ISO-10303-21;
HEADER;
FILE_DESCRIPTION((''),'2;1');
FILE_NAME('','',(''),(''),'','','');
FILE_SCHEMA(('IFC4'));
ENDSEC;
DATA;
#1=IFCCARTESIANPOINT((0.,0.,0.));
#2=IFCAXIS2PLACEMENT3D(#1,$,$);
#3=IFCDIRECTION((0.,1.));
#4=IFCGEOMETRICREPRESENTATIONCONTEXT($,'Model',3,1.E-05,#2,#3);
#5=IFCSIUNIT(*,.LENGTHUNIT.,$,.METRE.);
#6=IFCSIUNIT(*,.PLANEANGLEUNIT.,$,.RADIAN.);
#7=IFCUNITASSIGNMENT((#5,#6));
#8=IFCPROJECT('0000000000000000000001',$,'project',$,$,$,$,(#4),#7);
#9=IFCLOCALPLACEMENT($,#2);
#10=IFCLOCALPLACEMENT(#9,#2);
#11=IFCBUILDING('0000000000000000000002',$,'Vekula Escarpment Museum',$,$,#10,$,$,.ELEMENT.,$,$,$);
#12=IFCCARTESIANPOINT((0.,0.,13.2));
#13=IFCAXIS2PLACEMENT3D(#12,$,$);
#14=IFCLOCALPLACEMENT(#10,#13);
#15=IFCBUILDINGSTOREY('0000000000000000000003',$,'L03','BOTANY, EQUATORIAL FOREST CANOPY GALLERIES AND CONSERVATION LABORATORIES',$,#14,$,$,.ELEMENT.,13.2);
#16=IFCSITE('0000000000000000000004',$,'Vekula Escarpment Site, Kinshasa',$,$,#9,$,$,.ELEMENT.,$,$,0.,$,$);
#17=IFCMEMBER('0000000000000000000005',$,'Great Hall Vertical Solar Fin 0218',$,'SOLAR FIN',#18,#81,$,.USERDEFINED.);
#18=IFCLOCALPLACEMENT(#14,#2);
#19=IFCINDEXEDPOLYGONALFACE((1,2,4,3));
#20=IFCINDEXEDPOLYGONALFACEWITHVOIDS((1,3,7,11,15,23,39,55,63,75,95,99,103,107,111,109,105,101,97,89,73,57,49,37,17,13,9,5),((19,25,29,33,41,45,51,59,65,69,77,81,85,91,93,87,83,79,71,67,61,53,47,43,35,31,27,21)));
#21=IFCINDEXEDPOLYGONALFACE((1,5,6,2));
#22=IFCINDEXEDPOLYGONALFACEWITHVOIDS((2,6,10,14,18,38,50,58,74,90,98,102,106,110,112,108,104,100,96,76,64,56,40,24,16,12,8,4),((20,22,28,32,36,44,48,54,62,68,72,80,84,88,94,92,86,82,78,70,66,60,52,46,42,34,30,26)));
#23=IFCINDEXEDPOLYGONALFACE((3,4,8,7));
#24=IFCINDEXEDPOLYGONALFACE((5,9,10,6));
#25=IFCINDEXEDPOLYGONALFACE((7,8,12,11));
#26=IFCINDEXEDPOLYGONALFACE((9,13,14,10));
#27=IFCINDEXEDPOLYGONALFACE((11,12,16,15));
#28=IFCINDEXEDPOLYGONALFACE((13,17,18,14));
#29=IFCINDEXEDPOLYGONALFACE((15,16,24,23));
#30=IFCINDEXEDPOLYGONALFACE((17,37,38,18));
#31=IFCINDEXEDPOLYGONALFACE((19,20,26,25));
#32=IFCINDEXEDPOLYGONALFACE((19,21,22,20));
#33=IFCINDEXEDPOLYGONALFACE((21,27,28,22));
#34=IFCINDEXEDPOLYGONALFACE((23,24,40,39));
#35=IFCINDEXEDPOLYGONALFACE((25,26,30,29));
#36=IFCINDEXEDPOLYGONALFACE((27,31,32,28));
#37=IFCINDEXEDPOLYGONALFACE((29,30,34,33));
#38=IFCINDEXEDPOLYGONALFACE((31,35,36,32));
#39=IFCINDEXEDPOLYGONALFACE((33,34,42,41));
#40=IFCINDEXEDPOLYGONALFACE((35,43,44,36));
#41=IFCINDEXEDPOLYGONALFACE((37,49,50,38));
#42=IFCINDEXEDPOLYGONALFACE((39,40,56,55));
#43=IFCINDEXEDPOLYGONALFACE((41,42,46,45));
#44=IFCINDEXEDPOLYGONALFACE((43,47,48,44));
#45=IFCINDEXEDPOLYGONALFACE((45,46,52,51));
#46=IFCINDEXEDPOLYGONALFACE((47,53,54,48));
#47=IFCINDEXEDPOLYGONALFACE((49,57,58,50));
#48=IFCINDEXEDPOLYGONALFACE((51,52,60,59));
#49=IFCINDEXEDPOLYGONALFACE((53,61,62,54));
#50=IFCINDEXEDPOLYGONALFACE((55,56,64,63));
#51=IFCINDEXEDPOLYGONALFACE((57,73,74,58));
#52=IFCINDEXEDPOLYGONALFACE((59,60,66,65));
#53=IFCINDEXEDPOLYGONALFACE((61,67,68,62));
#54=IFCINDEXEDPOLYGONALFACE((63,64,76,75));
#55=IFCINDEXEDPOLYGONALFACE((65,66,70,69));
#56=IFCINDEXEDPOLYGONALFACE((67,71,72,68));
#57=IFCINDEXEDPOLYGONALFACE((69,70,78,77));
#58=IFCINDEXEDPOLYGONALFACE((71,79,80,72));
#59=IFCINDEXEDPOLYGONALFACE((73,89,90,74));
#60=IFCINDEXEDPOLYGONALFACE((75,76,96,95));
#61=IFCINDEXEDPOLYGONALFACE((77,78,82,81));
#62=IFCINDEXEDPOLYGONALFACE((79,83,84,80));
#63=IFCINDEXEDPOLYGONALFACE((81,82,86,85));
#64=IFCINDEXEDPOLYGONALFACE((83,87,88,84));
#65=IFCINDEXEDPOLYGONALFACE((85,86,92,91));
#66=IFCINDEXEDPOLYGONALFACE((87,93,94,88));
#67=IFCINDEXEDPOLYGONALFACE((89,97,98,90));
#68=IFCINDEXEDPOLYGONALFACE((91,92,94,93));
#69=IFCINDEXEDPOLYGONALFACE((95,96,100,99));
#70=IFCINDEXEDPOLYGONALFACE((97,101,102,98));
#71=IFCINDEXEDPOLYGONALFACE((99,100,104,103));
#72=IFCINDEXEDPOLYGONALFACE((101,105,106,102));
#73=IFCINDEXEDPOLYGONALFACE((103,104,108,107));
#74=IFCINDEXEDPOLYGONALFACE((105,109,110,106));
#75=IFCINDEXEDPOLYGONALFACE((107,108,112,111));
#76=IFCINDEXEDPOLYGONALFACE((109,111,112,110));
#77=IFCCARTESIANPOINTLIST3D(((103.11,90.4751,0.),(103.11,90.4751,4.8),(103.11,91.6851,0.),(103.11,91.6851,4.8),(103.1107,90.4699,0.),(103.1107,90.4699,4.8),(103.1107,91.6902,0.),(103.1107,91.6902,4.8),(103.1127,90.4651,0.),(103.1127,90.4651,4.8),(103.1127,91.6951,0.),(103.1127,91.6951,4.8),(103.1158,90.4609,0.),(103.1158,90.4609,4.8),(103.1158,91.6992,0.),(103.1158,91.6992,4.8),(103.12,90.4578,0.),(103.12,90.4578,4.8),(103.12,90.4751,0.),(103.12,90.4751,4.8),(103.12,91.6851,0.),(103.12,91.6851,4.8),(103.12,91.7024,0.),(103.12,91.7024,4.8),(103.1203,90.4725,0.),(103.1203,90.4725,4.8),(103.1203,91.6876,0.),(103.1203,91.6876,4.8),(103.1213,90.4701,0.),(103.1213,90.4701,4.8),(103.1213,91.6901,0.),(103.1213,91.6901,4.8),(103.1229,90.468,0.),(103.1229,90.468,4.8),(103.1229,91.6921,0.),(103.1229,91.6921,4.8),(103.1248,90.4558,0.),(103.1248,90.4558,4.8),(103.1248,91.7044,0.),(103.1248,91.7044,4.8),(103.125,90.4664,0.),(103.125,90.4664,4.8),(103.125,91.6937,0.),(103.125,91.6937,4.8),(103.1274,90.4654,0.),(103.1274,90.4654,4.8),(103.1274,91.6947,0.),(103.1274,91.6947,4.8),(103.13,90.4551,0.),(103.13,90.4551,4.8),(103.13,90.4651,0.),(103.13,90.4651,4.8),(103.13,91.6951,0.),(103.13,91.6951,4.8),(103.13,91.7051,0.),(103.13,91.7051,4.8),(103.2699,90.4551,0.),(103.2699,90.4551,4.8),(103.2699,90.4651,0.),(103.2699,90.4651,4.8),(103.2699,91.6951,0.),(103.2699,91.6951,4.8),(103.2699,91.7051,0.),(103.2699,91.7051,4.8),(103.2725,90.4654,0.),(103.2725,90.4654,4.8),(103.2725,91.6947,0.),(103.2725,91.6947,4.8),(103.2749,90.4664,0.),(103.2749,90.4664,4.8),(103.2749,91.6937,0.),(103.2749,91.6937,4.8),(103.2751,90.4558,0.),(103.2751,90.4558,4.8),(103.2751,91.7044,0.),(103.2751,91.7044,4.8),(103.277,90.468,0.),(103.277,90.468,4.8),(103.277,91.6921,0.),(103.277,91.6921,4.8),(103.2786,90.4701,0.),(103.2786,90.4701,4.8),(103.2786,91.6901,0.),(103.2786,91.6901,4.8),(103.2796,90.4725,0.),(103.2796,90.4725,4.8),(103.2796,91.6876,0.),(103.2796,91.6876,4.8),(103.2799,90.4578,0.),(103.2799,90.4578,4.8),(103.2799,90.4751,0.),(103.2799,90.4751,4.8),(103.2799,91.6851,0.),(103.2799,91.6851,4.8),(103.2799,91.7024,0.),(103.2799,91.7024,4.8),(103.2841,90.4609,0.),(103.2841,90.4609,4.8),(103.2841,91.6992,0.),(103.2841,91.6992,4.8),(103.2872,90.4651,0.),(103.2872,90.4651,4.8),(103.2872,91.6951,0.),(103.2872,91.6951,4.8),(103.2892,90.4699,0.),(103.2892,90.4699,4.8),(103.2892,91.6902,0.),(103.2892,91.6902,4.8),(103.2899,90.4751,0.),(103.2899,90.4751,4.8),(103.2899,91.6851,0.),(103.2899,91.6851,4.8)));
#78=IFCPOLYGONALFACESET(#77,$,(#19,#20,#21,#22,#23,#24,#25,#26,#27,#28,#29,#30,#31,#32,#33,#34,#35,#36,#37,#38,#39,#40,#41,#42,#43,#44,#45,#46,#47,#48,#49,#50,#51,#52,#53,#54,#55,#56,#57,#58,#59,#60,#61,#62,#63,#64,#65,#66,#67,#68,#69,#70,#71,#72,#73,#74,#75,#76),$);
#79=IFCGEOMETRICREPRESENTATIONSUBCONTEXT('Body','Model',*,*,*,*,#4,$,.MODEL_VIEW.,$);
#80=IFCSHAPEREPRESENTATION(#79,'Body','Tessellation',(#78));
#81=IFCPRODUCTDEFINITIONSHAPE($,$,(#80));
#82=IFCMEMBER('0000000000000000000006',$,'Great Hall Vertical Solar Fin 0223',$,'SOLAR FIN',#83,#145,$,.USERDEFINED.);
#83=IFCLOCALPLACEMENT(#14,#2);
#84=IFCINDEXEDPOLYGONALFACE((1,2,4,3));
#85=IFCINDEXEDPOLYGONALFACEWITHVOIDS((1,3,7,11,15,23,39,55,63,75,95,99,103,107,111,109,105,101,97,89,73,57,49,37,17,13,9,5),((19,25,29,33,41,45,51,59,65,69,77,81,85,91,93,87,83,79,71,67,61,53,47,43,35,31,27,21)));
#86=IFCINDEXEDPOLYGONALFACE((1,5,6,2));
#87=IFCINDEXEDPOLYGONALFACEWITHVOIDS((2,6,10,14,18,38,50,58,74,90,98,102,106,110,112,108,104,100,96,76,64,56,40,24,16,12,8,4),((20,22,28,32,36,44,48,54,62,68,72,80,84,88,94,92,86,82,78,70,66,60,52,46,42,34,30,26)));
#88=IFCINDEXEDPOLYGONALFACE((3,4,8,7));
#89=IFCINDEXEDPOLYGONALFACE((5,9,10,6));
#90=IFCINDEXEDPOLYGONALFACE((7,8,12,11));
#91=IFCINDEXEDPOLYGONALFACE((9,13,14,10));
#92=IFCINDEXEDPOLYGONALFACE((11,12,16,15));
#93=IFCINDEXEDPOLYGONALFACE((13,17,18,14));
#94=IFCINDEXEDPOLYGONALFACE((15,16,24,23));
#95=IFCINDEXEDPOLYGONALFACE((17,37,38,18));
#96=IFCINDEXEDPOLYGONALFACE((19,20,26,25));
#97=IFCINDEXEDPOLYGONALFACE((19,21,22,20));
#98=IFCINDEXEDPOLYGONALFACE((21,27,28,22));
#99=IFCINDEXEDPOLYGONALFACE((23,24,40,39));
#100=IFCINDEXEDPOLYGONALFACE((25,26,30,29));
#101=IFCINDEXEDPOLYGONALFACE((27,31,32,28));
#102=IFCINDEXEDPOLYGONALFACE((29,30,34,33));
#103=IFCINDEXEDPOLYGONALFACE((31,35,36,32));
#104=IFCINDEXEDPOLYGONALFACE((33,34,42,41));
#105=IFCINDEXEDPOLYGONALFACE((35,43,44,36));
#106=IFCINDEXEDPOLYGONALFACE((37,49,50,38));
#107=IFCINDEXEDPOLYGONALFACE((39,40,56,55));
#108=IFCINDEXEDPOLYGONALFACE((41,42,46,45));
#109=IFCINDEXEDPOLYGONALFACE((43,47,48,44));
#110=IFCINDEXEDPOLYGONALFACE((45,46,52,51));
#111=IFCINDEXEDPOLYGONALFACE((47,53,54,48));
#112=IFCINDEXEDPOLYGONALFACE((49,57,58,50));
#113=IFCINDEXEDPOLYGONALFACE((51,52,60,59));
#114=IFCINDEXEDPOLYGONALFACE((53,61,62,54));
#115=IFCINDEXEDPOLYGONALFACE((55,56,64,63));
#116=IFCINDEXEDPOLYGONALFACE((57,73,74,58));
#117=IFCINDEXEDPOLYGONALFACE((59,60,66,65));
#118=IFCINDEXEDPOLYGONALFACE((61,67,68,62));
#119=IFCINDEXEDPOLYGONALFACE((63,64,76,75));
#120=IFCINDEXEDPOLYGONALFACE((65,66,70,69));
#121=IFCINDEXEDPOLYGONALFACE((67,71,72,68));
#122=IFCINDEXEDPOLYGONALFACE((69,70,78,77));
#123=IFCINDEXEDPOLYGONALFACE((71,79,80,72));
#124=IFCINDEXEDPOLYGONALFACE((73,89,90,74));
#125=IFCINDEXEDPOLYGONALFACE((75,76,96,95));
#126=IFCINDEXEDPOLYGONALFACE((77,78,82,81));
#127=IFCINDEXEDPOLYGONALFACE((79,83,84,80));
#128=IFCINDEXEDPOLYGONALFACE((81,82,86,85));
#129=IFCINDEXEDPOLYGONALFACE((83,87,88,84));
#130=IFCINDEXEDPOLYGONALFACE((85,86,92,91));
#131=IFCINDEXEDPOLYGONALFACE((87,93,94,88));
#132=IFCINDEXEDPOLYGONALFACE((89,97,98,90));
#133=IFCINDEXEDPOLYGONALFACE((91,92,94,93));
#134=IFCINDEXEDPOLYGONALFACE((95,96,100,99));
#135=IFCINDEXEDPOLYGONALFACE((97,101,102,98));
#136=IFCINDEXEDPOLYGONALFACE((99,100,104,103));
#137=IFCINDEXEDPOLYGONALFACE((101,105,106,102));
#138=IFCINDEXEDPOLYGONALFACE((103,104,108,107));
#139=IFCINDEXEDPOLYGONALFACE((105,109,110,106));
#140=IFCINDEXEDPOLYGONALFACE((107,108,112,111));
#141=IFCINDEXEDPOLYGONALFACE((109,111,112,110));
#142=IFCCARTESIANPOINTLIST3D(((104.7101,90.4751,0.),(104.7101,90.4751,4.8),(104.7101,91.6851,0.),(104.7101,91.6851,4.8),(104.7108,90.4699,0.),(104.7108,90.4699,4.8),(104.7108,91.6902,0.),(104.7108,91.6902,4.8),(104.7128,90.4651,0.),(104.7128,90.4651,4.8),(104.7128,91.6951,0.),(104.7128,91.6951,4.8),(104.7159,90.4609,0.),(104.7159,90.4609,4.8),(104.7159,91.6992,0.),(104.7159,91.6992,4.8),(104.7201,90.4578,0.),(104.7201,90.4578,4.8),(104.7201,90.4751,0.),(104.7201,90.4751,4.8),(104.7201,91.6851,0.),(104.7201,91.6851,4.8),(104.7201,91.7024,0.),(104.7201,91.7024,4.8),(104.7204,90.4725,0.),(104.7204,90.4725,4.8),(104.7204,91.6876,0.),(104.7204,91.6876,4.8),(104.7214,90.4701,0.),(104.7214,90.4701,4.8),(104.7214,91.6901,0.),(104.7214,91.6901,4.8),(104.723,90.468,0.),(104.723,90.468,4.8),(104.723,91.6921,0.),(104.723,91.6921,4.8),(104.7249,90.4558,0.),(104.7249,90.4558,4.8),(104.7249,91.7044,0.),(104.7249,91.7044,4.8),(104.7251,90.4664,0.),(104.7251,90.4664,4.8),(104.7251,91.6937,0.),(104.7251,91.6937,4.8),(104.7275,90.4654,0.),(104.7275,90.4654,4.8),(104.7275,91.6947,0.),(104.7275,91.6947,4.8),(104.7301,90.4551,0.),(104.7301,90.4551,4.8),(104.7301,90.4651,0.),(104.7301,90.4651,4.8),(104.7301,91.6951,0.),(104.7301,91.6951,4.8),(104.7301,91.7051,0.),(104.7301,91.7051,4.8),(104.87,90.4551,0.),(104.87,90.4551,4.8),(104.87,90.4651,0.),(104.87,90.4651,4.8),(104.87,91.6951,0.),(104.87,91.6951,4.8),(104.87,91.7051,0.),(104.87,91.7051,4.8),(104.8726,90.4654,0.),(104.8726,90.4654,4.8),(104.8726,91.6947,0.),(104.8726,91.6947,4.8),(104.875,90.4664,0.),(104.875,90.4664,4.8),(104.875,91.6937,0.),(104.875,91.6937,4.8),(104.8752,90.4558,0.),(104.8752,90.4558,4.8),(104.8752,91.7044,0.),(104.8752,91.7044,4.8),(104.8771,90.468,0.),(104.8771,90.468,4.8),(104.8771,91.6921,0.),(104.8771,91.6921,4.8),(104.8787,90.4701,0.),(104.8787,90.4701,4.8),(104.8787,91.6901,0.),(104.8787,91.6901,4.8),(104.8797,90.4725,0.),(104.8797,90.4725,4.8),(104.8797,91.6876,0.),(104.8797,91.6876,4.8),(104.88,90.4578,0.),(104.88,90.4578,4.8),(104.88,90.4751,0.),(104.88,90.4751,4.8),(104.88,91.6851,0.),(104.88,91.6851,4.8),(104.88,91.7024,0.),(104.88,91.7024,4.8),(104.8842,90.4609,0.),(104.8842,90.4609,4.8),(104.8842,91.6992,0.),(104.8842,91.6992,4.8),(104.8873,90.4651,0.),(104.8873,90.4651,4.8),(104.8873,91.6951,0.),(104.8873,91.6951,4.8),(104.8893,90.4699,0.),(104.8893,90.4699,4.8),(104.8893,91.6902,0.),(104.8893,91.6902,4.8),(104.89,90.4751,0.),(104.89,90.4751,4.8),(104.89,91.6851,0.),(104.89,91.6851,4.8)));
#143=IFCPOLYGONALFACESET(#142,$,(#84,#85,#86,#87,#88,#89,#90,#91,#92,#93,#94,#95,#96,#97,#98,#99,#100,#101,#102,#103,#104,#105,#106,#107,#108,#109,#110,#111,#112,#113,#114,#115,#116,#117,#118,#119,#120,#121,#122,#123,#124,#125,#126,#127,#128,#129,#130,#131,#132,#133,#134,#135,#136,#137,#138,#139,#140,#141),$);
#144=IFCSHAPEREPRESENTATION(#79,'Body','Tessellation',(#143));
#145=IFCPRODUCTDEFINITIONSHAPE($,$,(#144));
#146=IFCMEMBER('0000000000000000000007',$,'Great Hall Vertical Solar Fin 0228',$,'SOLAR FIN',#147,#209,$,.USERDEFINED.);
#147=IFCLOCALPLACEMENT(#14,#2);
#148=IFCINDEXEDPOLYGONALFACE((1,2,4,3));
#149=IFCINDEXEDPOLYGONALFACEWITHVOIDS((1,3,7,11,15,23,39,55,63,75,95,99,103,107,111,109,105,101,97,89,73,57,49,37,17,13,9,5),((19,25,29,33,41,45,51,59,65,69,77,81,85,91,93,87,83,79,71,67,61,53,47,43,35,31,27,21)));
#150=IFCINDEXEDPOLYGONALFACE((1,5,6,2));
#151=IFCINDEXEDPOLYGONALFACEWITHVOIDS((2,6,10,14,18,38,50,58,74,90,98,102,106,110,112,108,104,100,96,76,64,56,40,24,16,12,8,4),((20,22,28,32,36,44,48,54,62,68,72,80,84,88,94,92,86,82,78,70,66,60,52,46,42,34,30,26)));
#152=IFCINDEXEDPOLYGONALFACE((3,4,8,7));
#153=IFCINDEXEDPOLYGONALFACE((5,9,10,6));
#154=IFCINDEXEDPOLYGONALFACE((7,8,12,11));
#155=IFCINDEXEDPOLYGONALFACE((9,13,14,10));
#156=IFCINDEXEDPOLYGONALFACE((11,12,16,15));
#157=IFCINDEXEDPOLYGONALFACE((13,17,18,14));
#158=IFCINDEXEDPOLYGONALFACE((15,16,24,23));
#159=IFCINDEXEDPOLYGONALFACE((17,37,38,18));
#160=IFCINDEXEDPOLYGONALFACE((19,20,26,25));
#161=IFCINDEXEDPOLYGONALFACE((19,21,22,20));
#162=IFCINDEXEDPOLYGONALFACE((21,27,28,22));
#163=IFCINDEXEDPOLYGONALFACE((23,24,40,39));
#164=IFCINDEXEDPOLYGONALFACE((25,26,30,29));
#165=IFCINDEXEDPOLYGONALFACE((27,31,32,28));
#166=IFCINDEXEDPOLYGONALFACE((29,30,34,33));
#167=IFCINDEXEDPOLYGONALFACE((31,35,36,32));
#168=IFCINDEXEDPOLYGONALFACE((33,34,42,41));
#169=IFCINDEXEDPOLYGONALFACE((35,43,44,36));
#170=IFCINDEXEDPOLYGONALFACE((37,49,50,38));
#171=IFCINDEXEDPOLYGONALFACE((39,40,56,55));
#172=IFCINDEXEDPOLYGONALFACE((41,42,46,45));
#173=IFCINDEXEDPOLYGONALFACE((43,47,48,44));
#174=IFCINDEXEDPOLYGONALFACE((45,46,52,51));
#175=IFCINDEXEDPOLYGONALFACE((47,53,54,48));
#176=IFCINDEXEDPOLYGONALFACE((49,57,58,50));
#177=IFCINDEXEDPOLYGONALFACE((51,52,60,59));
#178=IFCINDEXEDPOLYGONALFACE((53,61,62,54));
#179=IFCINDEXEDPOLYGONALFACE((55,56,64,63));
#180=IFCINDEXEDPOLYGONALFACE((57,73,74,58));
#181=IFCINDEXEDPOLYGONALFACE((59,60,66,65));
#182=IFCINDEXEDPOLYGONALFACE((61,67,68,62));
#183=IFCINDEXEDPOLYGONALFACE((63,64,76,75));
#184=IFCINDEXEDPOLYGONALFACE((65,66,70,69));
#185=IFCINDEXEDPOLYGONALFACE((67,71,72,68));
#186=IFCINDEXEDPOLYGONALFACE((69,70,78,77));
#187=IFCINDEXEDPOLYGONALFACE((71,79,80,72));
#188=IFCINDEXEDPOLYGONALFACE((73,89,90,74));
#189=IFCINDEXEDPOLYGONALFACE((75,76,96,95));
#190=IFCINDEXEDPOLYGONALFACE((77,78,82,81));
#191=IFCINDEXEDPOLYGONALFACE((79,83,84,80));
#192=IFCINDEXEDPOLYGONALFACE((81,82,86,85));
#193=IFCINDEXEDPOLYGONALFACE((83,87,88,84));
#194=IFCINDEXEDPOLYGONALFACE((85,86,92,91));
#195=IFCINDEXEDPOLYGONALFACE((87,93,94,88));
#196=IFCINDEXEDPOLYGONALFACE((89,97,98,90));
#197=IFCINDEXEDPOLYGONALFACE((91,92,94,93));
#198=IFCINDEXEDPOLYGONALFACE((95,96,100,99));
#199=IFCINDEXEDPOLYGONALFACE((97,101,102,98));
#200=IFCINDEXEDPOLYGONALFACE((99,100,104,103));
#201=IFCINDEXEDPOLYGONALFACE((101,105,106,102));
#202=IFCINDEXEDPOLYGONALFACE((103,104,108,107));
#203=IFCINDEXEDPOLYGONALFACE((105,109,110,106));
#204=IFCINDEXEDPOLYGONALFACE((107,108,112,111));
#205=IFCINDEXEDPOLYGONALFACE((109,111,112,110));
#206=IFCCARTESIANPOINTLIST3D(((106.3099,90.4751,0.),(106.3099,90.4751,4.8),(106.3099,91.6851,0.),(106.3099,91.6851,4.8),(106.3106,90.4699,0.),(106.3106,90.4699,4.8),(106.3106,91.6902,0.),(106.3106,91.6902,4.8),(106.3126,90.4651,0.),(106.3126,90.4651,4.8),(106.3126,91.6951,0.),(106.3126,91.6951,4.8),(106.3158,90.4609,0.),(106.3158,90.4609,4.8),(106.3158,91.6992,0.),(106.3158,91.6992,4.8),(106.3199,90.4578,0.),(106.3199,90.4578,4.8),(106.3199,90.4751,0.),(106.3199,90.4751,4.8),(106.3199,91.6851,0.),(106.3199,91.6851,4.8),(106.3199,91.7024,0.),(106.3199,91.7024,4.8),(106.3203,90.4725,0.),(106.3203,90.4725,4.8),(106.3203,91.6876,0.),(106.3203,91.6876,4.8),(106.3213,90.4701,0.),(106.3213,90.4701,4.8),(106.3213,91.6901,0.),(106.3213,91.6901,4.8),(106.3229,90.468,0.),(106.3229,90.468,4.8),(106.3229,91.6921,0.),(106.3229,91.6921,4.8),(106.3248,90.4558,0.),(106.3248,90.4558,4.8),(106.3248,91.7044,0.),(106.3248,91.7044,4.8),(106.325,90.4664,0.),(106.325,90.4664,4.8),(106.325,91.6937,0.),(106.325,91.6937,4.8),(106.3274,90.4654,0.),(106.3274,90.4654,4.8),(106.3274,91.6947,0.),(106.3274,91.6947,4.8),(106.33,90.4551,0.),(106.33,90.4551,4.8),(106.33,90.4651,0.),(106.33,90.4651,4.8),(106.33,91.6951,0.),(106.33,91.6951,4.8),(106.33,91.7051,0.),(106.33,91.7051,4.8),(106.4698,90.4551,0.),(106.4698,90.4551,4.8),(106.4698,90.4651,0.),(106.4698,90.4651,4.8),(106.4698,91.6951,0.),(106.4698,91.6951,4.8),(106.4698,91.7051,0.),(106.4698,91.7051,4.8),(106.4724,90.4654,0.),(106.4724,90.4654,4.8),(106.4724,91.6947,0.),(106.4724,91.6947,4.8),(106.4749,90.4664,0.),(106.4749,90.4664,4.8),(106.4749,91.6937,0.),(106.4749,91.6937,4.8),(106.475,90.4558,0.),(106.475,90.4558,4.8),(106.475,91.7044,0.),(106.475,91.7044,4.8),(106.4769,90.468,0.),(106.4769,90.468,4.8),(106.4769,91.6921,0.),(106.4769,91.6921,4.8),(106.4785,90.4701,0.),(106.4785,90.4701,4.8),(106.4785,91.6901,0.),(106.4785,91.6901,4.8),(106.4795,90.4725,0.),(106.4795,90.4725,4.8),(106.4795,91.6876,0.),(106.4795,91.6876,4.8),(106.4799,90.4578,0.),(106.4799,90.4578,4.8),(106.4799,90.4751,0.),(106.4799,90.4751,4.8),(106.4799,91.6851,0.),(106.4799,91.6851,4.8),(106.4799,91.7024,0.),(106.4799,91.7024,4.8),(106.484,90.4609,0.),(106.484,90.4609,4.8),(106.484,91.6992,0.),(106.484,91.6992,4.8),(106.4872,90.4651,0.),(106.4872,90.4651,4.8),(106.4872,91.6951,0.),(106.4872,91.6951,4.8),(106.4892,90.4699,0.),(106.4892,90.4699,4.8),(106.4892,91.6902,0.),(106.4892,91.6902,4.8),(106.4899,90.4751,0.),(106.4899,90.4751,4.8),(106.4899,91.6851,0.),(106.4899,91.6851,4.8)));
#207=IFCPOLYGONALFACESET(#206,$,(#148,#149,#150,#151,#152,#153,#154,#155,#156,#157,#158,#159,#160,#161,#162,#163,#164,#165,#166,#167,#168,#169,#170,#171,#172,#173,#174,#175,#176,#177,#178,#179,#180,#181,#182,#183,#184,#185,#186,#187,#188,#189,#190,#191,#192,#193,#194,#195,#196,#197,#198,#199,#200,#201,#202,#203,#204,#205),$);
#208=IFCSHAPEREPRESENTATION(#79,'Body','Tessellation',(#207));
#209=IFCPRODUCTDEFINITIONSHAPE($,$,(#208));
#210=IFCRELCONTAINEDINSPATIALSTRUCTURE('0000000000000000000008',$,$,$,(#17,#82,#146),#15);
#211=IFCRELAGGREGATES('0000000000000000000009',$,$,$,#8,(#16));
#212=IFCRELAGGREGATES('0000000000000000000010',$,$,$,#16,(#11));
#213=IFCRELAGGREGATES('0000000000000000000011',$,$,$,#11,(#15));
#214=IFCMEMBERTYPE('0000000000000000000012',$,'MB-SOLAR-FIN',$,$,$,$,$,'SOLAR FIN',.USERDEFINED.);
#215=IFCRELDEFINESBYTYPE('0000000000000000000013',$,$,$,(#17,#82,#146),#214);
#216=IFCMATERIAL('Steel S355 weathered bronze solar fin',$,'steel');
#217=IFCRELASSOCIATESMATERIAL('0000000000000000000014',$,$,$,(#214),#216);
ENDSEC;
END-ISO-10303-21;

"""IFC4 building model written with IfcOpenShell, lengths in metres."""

from ifc_helpers import new_model, si_unit, direction, frame, origin, origin_2d, place, context, subcontext, project, spatial, hollow_rectangle, extrude, material, material_profile, profile_set, type_object, element, save


model = new_model("IFC4")

# Units and contexts
model_context = context("Model", 3, precision=1e-05, world=origin(), true_north=direction((0.0, 1.0)))
body_context = subcontext(model_context, "Body", "Model", "MODEL_VIEW")
ifc_project = project(units=[si_unit("LENGTHUNIT", "METRE"), si_unit("PLANEANGLEUNIT", "RADIAN")], contexts=[model_context])

# Site, building, storey
site_placement = place(None, origin())
site = spatial("IfcSite", under=ifc_project, at=site_placement, Name="Vekula Escarpment Site, Kinshasa", CompositionType="ELEMENT", RefElevation=0.0)
building_placement = place(site_placement, origin())
building = spatial("IfcBuilding", under=site, at=building_placement, Name="Vekula Escarpment Museum", CompositionType="ELEMENT")
storey_placement = place(building_placement, frame((0.0, 0.0, 13.2)))
storey = spatial("IfcBuildingStorey", under=building, at=storey_placement, Name="L03", Description="BOTANY, EQUATORIAL FOREST CANOPY GALLERIES AND CONSERVATION LABORATORIES", CompositionType="ELEMENT", Elevation=13.2)

# Members
ifc_material_1 = material(Name="Steel S355 weathered bronze solar fin", Category="steel")
ifc_material_profile_1 = material_profile(ifc_material_1, hollow_rectangle(XDim=0.1799, YDim=1.25, WallThickness=0.01, InnerFilletRadius=0.01, OuterFilletRadius=0.02, at=origin_2d()), Name="RHS 1250x180x10")
ifc_profile_set_1 = profile_set([ifc_material_profile_1], Name="Steel S355 weathered bronze solar fin")
member_type = type_object("IfcMemberType", Name="MB-SOLAR-FIN", ElementType="SOLAR FIN", PredefinedType="USERDEFINED", material=ifc_profile_set_1)
for number, where, z_axis, x_axis, name in (
    (1, (103.2, 91.0801, 0.0), (0.0, 0.0, 1.0), (1.0, 0.0, 0.0), "Great Hall Vertical Solar Fin 0218"),
    (2, (104.8, 91.0801, 0.0), (0.0, 0.0, 1.0), (1.0, 0.0, 0.0), "Great Hall Vertical Solar Fin 0223"),
    (3, (106.3999, 91.0801, 0.0), (0.0, 0.0, 1.0), (1.0, 0.0, 0.0), "Great Hall Vertical Solar Fin 0228"),
):
    element("IfcMember", number, at=place(storey_placement, frame(where, z_axis=z_axis, x_axis=x_axis)), inside=storey, type_object=member_type, Name=name, ObjectType="SOLAR FIN", PredefinedType="USERDEFINED", context=body_context, shape_type="SweptSolid", body=[
        extrude(hollow_rectangle(XDim=0.1799, YDim=1.25, WallThickness=0.01, InnerFilletRadius=0.01, OuterFilletRadius=0.02, at=origin_2d()), origin(), (0.0, 0.0, 1.0), 4.8),
    ])

save(model, "model.ifc")
